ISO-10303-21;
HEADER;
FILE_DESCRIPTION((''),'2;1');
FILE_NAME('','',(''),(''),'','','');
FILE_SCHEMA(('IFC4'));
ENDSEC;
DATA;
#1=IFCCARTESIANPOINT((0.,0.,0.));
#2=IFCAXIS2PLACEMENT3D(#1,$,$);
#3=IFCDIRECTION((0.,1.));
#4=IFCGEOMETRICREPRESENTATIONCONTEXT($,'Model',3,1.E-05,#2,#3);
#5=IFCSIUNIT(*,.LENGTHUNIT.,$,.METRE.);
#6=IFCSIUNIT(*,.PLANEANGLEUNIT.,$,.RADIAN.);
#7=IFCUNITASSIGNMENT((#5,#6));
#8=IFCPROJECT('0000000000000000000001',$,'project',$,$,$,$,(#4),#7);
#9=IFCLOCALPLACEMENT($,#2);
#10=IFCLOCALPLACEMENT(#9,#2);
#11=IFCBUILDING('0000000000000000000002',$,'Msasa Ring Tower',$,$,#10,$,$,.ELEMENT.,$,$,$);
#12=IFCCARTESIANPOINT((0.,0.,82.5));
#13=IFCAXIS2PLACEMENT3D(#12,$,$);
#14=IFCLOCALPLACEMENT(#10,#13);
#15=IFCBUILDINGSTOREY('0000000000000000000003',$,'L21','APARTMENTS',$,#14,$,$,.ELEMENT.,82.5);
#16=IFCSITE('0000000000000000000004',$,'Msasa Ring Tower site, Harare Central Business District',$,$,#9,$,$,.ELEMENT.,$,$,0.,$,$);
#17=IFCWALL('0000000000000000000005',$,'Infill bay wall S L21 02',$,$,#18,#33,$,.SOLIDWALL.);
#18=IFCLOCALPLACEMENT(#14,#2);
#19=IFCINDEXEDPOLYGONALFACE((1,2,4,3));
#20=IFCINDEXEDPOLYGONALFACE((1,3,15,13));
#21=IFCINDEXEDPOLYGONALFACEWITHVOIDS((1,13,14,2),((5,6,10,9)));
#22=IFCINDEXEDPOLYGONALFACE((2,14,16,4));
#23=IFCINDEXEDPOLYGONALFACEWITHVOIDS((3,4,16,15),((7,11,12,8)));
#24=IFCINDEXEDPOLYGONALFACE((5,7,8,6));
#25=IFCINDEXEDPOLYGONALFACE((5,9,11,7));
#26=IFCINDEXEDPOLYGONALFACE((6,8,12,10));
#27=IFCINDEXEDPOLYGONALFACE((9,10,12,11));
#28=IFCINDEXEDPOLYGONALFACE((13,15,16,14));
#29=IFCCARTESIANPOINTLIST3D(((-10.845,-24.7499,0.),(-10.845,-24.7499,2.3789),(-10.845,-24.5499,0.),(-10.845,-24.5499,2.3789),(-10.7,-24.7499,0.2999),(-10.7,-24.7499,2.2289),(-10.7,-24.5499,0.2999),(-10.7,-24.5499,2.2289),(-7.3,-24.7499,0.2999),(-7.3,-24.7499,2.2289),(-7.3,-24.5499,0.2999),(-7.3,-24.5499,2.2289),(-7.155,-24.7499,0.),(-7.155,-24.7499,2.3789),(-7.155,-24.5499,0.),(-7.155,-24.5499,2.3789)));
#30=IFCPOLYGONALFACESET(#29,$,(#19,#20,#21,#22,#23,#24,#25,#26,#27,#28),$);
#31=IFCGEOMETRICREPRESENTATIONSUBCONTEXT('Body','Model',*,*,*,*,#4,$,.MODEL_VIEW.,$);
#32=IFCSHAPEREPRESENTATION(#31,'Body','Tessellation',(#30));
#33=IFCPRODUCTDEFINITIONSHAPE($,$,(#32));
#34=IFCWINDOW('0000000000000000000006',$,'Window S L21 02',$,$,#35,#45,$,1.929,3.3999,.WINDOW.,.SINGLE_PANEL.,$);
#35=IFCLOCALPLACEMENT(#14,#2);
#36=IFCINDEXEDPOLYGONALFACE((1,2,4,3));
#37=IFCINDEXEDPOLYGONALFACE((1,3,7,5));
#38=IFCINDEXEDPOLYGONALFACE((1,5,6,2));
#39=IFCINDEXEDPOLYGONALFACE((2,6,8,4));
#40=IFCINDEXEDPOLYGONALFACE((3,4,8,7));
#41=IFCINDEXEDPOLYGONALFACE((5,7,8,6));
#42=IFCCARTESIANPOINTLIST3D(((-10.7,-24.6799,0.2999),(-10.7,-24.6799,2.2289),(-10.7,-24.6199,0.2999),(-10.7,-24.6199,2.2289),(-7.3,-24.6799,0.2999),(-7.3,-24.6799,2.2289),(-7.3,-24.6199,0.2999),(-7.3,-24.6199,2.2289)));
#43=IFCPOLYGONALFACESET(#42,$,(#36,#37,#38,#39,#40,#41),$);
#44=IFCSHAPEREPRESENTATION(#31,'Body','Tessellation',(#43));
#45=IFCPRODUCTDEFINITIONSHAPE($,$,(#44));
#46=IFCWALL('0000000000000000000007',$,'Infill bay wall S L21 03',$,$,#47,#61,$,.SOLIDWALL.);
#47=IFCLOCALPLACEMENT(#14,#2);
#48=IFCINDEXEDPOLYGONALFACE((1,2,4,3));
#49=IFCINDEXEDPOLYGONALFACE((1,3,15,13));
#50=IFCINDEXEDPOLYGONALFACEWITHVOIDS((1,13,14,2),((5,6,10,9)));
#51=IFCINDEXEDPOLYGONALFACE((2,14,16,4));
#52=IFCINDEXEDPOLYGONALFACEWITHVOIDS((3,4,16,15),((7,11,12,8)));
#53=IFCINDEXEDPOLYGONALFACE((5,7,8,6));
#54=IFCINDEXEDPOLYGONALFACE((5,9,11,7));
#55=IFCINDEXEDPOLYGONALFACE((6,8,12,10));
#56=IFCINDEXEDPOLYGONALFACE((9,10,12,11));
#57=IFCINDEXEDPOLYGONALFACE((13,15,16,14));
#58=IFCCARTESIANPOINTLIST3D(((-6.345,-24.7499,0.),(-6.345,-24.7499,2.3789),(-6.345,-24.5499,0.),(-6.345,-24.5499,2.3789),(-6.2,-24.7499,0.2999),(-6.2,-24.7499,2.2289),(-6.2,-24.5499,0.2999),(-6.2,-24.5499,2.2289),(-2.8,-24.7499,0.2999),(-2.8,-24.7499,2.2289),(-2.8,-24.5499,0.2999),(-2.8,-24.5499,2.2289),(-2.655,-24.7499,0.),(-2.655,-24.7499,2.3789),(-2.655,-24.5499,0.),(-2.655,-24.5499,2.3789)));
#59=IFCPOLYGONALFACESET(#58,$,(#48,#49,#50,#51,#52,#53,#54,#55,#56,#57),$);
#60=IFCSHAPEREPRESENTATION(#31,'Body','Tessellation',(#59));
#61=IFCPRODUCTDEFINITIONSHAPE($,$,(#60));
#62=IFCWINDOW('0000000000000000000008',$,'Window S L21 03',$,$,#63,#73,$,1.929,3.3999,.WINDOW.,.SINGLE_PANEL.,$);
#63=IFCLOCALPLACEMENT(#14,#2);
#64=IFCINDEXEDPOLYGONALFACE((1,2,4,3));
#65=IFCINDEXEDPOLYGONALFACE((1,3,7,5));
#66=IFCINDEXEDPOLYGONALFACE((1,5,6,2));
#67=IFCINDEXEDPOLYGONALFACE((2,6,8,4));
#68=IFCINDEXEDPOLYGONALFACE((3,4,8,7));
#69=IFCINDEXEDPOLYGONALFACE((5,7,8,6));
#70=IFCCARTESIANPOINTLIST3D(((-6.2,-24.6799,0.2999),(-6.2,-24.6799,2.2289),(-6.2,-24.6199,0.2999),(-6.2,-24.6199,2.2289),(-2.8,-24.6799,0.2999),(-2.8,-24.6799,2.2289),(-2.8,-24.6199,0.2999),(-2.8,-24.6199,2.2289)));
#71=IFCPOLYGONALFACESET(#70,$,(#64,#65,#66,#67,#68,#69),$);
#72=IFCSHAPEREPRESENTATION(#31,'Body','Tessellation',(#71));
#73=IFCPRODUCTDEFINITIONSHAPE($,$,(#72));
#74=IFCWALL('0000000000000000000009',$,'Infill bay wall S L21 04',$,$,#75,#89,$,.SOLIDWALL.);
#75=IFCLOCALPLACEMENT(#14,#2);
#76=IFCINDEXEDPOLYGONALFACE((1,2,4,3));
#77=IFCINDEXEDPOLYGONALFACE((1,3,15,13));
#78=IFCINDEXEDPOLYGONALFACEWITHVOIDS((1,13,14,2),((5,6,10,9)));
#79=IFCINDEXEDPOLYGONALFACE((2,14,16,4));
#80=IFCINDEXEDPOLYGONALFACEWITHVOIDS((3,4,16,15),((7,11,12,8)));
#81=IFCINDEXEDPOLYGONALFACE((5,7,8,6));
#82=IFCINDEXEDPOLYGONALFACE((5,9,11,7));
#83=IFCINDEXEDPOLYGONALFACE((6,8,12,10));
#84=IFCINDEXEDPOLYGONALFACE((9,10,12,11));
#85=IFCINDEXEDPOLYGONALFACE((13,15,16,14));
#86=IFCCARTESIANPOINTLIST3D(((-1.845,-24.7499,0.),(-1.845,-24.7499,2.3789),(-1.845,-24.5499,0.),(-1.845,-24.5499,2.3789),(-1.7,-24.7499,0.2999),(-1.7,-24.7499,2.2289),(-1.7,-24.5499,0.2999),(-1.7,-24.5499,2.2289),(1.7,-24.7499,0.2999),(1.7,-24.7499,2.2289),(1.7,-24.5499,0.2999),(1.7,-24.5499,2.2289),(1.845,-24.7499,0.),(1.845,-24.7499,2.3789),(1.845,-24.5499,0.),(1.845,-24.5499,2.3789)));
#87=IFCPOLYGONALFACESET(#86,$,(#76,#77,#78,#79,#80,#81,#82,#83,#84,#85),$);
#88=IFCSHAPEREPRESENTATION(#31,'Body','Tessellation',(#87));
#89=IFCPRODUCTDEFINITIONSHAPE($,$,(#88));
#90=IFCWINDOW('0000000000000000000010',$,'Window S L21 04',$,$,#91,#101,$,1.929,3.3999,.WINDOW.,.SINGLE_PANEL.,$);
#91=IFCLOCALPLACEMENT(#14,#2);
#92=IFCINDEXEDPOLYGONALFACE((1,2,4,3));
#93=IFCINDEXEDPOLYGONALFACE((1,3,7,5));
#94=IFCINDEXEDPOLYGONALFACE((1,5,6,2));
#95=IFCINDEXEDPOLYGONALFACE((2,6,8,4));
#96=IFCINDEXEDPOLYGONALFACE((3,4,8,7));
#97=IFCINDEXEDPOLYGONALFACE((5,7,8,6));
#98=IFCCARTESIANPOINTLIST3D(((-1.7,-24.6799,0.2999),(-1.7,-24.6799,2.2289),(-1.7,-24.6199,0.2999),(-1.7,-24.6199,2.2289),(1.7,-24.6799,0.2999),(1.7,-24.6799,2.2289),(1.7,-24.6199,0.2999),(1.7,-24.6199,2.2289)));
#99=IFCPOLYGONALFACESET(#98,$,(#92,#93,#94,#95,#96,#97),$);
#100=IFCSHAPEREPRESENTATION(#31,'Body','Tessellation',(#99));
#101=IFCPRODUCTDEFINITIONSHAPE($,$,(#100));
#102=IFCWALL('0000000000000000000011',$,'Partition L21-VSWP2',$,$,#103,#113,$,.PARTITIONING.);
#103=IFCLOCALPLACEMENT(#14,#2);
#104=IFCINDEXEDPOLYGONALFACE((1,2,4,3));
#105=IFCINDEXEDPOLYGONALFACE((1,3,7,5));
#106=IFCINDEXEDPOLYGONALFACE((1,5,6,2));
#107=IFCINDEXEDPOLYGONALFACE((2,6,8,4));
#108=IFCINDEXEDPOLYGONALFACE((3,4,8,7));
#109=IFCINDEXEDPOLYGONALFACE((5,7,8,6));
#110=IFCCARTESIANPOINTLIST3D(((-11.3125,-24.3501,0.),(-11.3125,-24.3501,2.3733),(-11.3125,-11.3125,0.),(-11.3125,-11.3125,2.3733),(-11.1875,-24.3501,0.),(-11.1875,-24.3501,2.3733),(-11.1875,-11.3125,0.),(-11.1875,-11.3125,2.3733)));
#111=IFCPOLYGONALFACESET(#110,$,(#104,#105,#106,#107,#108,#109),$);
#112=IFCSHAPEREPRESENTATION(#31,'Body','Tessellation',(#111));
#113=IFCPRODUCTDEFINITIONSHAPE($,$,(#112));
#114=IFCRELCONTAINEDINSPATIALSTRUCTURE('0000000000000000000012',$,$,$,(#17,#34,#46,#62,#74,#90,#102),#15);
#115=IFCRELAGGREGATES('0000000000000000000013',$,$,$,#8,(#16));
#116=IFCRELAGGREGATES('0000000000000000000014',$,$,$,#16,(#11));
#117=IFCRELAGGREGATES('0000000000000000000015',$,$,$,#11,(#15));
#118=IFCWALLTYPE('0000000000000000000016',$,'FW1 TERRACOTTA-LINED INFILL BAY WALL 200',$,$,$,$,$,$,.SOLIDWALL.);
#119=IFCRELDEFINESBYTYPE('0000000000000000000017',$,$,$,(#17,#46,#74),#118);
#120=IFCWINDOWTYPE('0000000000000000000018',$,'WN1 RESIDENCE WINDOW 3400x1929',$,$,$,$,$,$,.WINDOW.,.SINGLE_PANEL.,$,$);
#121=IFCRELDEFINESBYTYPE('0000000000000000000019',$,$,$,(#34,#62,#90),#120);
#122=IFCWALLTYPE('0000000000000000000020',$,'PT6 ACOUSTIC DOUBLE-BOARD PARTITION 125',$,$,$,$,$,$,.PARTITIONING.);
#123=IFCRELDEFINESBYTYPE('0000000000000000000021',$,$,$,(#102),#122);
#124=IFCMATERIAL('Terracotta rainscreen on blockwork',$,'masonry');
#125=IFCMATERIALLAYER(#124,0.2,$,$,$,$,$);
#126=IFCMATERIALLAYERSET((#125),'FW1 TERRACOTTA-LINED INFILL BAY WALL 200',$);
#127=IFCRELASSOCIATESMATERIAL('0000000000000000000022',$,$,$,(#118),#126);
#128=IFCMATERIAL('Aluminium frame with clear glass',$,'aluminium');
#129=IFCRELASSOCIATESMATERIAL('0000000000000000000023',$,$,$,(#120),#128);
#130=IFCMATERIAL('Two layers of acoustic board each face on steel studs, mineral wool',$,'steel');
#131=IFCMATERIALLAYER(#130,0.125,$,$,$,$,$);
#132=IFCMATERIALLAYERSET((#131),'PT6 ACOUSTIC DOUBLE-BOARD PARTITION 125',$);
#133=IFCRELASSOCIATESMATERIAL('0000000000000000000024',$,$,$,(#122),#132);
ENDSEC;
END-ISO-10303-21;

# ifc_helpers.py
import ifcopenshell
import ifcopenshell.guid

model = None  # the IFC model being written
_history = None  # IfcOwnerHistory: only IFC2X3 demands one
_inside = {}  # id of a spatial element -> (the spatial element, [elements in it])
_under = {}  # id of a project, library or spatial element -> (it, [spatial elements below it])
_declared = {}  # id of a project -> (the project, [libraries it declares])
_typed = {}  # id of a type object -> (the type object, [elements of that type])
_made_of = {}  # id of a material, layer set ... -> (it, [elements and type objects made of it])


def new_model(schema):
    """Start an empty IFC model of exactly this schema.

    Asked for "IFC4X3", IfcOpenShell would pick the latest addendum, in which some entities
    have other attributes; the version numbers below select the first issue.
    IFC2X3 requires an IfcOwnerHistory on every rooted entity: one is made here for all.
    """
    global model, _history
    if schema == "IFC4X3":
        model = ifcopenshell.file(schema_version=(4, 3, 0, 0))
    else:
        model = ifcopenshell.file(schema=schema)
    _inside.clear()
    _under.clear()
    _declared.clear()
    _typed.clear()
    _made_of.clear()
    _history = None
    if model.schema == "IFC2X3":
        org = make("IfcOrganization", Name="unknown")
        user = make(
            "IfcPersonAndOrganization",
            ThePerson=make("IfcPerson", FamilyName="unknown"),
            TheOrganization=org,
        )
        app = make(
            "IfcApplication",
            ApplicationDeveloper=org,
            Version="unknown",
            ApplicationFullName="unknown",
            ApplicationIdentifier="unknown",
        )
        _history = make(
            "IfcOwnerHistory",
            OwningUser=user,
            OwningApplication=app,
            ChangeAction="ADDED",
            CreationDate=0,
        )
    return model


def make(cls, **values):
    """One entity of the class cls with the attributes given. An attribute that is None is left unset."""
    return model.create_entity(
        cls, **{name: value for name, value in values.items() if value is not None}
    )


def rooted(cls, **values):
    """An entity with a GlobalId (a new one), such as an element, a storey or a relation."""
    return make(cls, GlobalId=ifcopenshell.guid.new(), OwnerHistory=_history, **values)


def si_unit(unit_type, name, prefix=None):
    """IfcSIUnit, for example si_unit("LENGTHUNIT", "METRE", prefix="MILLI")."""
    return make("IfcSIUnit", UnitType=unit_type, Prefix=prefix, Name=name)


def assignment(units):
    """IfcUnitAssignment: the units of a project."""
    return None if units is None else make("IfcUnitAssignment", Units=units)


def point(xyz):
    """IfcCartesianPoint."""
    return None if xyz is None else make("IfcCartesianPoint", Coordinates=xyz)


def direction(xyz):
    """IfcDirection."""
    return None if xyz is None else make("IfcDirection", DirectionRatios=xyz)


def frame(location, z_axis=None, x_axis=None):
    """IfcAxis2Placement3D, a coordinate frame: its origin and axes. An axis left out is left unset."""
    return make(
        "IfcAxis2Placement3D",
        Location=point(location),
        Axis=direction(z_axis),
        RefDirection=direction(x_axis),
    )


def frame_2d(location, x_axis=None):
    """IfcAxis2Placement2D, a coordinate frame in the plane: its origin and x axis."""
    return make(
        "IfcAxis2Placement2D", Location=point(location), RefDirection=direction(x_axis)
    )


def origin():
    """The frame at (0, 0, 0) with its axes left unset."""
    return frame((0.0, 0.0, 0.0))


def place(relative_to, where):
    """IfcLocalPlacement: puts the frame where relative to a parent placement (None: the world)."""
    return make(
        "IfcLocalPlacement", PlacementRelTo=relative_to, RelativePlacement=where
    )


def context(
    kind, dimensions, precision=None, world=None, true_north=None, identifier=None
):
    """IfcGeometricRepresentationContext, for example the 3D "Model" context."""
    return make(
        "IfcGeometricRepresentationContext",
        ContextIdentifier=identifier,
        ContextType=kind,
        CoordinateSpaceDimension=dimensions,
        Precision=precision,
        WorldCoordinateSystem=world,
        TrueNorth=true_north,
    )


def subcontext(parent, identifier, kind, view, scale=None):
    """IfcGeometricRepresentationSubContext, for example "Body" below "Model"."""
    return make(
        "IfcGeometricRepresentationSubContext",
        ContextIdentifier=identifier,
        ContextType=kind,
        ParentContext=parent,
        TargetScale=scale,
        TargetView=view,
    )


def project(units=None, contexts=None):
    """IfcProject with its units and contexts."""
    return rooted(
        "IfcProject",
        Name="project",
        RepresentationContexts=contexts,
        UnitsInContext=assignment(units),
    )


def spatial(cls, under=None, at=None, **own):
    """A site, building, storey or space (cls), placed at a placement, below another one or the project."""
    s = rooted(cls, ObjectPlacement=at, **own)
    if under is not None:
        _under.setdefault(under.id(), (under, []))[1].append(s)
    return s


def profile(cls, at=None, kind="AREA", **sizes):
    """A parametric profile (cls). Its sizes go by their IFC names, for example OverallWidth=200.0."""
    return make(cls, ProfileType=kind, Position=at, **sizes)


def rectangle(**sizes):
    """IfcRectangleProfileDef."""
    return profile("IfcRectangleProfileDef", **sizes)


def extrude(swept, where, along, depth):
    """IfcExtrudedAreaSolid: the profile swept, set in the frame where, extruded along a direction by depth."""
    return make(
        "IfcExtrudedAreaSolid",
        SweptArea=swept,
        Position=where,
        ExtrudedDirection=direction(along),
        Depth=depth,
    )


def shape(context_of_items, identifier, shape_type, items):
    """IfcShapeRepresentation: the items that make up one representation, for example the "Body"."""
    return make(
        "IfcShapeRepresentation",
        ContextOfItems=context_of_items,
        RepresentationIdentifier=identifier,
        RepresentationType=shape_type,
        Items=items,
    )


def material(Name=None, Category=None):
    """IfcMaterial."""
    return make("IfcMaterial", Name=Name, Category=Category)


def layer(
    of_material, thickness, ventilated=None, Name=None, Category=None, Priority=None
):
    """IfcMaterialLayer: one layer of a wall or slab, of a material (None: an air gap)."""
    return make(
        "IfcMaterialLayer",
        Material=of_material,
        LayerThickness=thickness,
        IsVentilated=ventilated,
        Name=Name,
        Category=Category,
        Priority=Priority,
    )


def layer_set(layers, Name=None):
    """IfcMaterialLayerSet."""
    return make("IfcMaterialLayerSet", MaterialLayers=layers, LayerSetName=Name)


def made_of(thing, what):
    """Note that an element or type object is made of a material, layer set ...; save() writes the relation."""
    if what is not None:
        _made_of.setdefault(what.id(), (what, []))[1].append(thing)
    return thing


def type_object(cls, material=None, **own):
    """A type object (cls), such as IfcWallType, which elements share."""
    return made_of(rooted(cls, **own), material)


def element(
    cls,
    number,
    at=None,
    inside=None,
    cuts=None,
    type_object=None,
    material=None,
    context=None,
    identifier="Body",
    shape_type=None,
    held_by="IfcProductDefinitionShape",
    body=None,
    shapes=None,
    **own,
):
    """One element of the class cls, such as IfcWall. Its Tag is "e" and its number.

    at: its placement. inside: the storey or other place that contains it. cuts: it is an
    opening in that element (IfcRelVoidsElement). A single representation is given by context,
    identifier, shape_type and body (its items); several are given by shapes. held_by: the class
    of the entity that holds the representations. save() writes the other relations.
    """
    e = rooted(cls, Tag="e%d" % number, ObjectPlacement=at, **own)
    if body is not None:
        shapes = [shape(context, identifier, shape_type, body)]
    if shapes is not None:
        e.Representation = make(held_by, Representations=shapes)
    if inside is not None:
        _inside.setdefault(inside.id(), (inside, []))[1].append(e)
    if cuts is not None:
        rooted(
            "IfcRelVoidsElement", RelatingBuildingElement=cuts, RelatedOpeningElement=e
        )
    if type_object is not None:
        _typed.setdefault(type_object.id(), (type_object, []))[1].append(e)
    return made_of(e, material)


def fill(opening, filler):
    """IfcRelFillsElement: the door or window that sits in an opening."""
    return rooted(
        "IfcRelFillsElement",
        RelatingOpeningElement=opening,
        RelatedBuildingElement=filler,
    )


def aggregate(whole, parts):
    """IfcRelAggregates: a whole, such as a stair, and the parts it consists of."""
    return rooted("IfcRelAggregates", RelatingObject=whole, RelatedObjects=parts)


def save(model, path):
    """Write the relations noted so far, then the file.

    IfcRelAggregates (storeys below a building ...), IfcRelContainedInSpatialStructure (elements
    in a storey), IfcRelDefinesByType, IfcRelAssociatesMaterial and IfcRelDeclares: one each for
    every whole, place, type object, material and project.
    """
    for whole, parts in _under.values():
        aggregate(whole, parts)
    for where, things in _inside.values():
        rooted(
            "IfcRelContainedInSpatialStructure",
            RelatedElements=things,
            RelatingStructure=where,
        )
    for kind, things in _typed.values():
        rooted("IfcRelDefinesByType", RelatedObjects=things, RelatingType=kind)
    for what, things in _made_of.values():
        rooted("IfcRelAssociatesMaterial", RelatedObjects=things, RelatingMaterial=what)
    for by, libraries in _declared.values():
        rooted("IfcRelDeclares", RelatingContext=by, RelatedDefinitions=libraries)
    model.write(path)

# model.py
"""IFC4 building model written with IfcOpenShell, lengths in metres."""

from ifc_helpers import new_model, si_unit, direction, frame, frame_2d, origin, place, context, subcontext, project, spatial, rectangle, extrude, material, layer, layer_set, type_object, element, fill, save


model = new_model("IFC4")

# Units and contexts
model_context = context("Model", 3, precision=1e-05, world=origin(), true_north=direction((0.0, 1.0)))
body_context = subcontext(model_context, "Body", "Model", "MODEL_VIEW")
ifc_project = project(units=[si_unit("LENGTHUNIT", "METRE"), si_unit("PLANEANGLEUNIT", "RADIAN")], contexts=[model_context])

# Site, building, storey
site_placement = place(None, origin())
site = spatial("IfcSite", under=ifc_project, at=site_placement, Name="Msasa Ring Tower site, Harare Central Business District", CompositionType="ELEMENT", RefElevation=0.0)
building_placement = place(site_placement, origin())
building = spatial("IfcBuilding", under=site, at=building_placement, Name="Msasa Ring Tower", CompositionType="ELEMENT")
storey_placement = place(building_placement, frame((0.0, 0.0, 82.5)))
storey = spatial("IfcBuildingStorey", under=building, at=storey_placement, Name="L21", Description="APARTMENTS", CompositionType="ELEMENT", Elevation=82.5)

# Walls, openings, windows
ifc_material_1 = material(Name="Terracotta rainscreen on blockwork", Category="masonry")
ifc_layer_1 = layer(ifc_material_1, 0.2)
ifc_layer_set_1 = layer_set([ifc_layer_1], Name="FW1 TERRACOTTA-LINED INFILL BAY WALL 200")
wall_type_1 = type_object("IfcWallType", Name="FW1 TERRACOTTA-LINED INFILL BAY WALL 200", PredefinedType="SOLIDWALL", material=ifc_layer_set_1)
ifc_material_2 = material(Name="Aluminium frame with clear glass", Category="aluminium")
window_type = type_object("IfcWindowType", Name="WN1 RESIDENCE WINDOW 3400x1929", PartitioningType="SINGLE_PANEL", PredefinedType="WINDOW", material=ifc_material_2)
wall_1_placement = place(storey_placement, frame((-10.845, -24.6499, 0.0), z_axis=(0.0, 0.0, 1.0), x_axis=(1.0, 0.0, 0.0)))
wall_1 = element("IfcWall", 1, at=wall_1_placement, inside=storey, type_object=wall_type_1, Name="Infill bay wall S L21 02", PredefinedType="SOLIDWALL", context=body_context, shape_type="SweptSolid", body=[
    extrude(rectangle(XDim=3.6899, YDim=0.2, at=frame_2d((1.845, 0.0))), origin(), (0.0, 0.0, 1.0), 2.3789),
])
opening_1_placement = place(wall_1_placement, frame((0.145, 0.0, 0.3)))
opening_1 = element("IfcOpeningElement", 2, at=opening_1_placement, cuts=wall_1, PredefinedType="OPENING", context=body_context, shape_type="SweptSolid", body=[
    extrude(rectangle(XDim=3.3999, YDim=1.929, at=frame_2d((1.7, 0.9644))), frame((0.0, 0.1099, 0.0), z_axis=(0.0, -1.0, 0.0), x_axis=(1.0, 0.0, 0.0)), (0.0, 0.0, 1.0), 0.22),
])
window_1_placement = place(opening_1_placement, origin())
window_1 = element("IfcWindow", 3, at=window_1_placement, inside=storey, type_object=window_type, Name="Window S L21 02", OverallHeight=1.929, OverallWidth=3.3999, PartitioningType="SINGLE_PANEL", PredefinedType="WINDOW", context=body_context, shape_type="SweptSolid", body=[
    extrude(rectangle(XDim=3.3999, YDim=1.929, at=frame_2d((1.7, 0.9644))), frame((0.0, 0.03, 0.0), z_axis=(0.0, -1.0, 0.0), x_axis=(1.0, 0.0, 0.0)), (0.0, 0.0, 1.0), 0.0601),
])
fill(opening_1, window_1)
wall_2_placement = place(storey_placement, frame((-6.345, -24.6499, 0.0), z_axis=(0.0, 0.0, 1.0), x_axis=(1.0, 0.0, 0.0)))
wall_2 = element("IfcWall", 4, at=wall_2_placement, inside=storey, type_object=wall_type_1, Name="Infill bay wall S L21 03", PredefinedType="SOLIDWALL", context=body_context, shape_type="SweptSolid", body=[
    extrude(rectangle(XDim=3.6899, YDim=0.2, at=frame_2d((1.845, 0.0))), origin(), (0.0, 0.0, 1.0), 2.3789),
])
opening_2_placement = place(wall_2_placement, frame((0.145, 0.0, 0.3)))
opening_2 = element("IfcOpeningElement", 5, at=opening_2_placement, cuts=wall_2, PredefinedType="OPENING", context=body_context, shape_type="SweptSolid", body=[
    extrude(rectangle(XDim=3.3999, YDim=1.929, at=frame_2d((1.7, 0.9644))), frame((0.0, 0.1099, 0.0), z_axis=(0.0, -1.0, 0.0), x_axis=(1.0, 0.0, 0.0)), (0.0, 0.0, 1.0), 0.22),
])
window_2_placement = place(opening_2_placement, origin())
window_2 = element("IfcWindow", 6, at=window_2_placement, inside=storey, type_object=window_type, Name="Window S L21 03", OverallHeight=1.929, OverallWidth=3.3999, PartitioningType="SINGLE_PANEL", PredefinedType="WINDOW", context=body_context, shape_type="SweptSolid", body=[
    extrude(rectangle(XDim=3.3999, YDim=1.929, at=frame_2d((1.7, 0.9644))), frame((0.0, 0.03, 0.0), z_axis=(0.0, -1.0, 0.0), x_axis=(1.0, 0.0, 0.0)), (0.0, 0.0, 1.0), 0.0601),
])
fill(opening_2, window_2)
wall_3_placement = place(storey_placement, frame((-1.845, -24.6499, 0.0), z_axis=(0.0, 0.0, 1.0), x_axis=(1.0, 0.0, 0.0)))
wall_3 = element("IfcWall", 7, at=wall_3_placement, inside=storey, type_object=wall_type_1, Name="Infill bay wall S L21 04", PredefinedType="SOLIDWALL", context=body_context, shape_type="SweptSolid", body=[
    extrude(rectangle(XDim=3.6899, YDim=0.2, at=frame_2d((1.845, 0.0))), origin(), (0.0, 0.0, 1.0), 2.3789),
])
opening_3_placement = place(wall_3_placement, frame((0.145, 0.0, 0.3)))
opening_3 = element("IfcOpeningElement", 8, at=opening_3_placement, cuts=wall_3, PredefinedType="OPENING", context=body_context, shape_type="SweptSolid", body=[
    extrude(rectangle(XDim=3.3999, YDim=1.929, at=frame_2d((1.7, 0.9644))), frame((0.0, 0.1099, 0.0), z_axis=(0.0, -1.0, 0.0), x_axis=(1.0, 0.0, 0.0)), (0.0, 0.0, 1.0), 0.22),
])
window_3_placement = place(opening_3_placement, origin())
window_3 = element("IfcWindow", 9, at=window_3_placement, inside=storey, type_object=window_type, Name="Window S L21 04", OverallHeight=1.929, OverallWidth=3.3999, PartitioningType="SINGLE_PANEL", PredefinedType="WINDOW", context=body_context, shape_type="SweptSolid", body=[
    extrude(rectangle(XDim=3.3999, YDim=1.929, at=frame_2d((1.7, 0.9644))), frame((0.0, 0.03, 0.0), z_axis=(0.0, -1.0, 0.0), x_axis=(1.0, 0.0, 0.0)), (0.0, 0.0, 1.0), 0.0601),
])
fill(opening_3, window_3)

# Wall
ifc_material_3 = material(Name="Two layers of acoustic board each face on steel studs, mineral wool", Category="steel")
ifc_layer_2 = layer(ifc_material_3, 0.125)
ifc_layer_set_2 = layer_set([ifc_layer_2], Name="PT6 ACOUSTIC DOUBLE-BOARD PARTITION 125")
wall_type_2 = type_object("IfcWallType", Name="PT6 ACOUSTIC DOUBLE-BOARD PARTITION 125", PredefinedType="PARTITIONING", material=ifc_layer_set_2)
wall_4_placement = place(storey_placement, frame((-11.25, -24.3501, 0.0), z_axis=(0.0, 0.0, 1.0), x_axis=(0.0, 1.0, 0.0)))
element("IfcWall", 10, at=wall_4_placement, inside=storey, type_object=wall_type_2, Name="Partition L21-VSWP2", PredefinedType="PARTITIONING", context=body_context, shape_type="SweptSolid", body=[
    extrude(rectangle(XDim=13.0376, YDim=0.125, at=frame_2d((6.5188, 0.0))), origin(), (0.0, 0.0, 1.0), 2.3733),
])

save(model, "model.ifc")
